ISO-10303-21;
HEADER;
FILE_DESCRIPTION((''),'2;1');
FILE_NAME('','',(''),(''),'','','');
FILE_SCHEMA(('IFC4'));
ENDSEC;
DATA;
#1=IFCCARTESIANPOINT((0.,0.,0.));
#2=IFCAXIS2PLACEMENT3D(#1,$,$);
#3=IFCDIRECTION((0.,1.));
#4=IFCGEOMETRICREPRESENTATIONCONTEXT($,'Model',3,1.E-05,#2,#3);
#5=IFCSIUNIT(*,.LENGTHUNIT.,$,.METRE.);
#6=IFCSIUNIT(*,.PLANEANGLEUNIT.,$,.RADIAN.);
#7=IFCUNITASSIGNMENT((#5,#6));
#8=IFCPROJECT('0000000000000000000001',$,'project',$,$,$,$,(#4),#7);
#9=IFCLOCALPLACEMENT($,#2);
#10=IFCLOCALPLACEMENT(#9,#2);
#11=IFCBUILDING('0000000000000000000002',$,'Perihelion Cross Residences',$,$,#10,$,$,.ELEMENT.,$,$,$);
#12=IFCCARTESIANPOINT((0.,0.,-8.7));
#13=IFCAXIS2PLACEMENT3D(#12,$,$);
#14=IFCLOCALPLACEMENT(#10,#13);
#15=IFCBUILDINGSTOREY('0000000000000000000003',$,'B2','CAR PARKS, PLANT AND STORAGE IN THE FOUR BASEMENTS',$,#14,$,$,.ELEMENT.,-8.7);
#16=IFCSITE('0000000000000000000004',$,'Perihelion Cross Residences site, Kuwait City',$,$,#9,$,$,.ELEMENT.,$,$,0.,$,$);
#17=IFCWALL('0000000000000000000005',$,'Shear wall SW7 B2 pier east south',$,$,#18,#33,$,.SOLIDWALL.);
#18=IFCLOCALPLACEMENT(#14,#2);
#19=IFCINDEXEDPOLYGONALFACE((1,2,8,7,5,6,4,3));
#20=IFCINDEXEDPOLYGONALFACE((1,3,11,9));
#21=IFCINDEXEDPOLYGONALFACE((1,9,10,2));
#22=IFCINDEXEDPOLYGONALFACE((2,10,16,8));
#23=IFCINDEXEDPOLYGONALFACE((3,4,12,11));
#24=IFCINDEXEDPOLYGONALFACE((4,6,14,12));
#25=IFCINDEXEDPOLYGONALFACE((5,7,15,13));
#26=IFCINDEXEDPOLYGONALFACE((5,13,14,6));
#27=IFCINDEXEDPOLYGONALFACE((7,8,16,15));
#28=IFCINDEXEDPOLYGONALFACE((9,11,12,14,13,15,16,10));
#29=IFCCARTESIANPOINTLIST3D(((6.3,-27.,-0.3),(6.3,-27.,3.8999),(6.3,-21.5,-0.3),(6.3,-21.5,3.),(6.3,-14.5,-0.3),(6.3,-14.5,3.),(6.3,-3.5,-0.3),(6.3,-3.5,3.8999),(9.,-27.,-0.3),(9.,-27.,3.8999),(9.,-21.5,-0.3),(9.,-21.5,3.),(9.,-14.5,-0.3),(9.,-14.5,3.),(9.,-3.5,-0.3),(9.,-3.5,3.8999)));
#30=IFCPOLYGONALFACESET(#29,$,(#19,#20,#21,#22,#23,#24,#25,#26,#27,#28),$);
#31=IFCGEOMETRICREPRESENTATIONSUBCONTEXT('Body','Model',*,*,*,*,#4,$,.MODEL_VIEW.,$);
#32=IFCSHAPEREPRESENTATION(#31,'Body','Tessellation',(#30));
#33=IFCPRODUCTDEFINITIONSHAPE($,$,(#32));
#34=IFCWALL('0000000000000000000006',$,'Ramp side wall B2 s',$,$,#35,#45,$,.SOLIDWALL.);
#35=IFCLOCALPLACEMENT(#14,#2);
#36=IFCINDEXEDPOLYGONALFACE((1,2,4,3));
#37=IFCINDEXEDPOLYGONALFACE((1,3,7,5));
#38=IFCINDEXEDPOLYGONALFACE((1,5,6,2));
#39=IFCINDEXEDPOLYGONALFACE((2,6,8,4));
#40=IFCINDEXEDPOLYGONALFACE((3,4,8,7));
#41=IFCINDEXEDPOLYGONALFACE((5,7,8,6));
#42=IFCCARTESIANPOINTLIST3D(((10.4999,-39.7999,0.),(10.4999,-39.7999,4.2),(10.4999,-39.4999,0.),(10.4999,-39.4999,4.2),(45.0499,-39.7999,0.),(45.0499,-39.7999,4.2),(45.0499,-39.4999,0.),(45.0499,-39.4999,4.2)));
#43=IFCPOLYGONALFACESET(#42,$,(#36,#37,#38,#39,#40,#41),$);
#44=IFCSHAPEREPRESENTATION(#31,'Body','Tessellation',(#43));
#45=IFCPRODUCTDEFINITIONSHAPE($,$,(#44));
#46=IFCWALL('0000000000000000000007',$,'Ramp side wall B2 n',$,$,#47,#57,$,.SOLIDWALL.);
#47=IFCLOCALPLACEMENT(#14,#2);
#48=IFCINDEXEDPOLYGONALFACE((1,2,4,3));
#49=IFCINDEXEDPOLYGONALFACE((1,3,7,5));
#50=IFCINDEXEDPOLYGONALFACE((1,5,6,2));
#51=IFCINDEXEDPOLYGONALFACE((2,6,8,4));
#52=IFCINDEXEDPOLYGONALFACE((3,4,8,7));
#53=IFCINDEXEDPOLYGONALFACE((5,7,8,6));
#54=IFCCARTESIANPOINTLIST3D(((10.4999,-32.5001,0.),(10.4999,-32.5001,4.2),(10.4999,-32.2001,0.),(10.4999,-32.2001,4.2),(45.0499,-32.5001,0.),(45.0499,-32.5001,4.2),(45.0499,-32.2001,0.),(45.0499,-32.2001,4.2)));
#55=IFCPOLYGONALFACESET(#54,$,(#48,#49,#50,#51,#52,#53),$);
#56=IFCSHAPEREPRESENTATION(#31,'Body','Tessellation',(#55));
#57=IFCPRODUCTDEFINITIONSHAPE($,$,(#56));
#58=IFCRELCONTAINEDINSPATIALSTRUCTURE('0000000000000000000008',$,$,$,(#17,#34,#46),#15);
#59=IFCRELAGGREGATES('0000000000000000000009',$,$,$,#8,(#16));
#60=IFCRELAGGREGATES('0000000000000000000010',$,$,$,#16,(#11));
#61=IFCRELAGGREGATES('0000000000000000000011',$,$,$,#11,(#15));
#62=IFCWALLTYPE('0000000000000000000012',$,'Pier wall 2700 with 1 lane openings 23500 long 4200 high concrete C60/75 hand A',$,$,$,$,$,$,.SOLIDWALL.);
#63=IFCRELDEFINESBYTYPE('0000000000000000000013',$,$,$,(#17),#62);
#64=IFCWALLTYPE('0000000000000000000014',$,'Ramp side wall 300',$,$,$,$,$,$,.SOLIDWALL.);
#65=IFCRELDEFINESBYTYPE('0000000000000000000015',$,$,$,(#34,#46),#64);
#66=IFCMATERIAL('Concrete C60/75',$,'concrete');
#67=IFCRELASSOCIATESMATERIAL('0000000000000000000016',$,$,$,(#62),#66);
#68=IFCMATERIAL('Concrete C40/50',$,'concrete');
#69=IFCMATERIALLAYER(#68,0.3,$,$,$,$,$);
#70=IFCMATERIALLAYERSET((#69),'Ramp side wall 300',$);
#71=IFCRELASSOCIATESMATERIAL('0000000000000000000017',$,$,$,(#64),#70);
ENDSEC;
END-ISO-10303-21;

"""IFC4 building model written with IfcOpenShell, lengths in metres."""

from ifc_helpers import new_model, si_unit, direction, frame, frame_2d, origin, place, context, subcontext, project, spatial, polyline, rectangle, outline, extrude, material, layer, layer_set, material_profile, profile_set, type_object, element, save


model = new_model("IFC4")

# Units and contexts
model_context = context("Model", 3, precision=1e-05, world=origin(), true_north=direction((0.0, 1.0)))
body_context = subcontext(model_context, "Body", "Model", "MODEL_VIEW")
ifc_project = project(units=[si_unit("LENGTHUNIT", "METRE"), si_unit("PLANEANGLEUNIT", "RADIAN")], contexts=[model_context])

# Site, building, storey
site_placement = place(None, origin())
site = spatial("IfcSite", under=ifc_project, at=site_placement, Name="Perihelion Cross Residences site, Kuwait City", CompositionType="ELEMENT", RefElevation=0.0)
building_placement = place(site_placement, origin())
building = spatial("IfcBuilding", under=site, at=building_placement, Name="Perihelion Cross Residences", CompositionType="ELEMENT")
storey_placement = place(building_placement, frame((0.0, 0.0, -8.7)))
storey = spatial("IfcBuildingStorey", under=building, at=storey_placement, Name="B2", Description="CAR PARKS, PLANT AND STORAGE IN THE FOUR BASEMENTS", CompositionType="ELEMENT", Elevation=-8.7)

# Walls
ifc_material_1 = material(Name="Concrete C60/75", Category="concrete")
ifc_material_profile_1 = material_profile(ifc_material_1, outline(polyline([(0.0, 0.0), (5.5, 0.0), (5.5, 3.3), (12.5, 3.3), (12.5, 0.0), (23.5, 0.0), (23.5, 4.2), (0.0, 4.2), (0.0, 0.0)])), Name="Pier wall")
ifc_profile_set_1 = profile_set([ifc_material_profile_1], Name="Concrete C60/75")
wall_type_1 = type_object("IfcWallType", Name="Pier wall 2700 with 1 lane openings 23500 long 4200 high concrete C60/75 hand A", PredefinedType="SOLIDWALL", material=ifc_profile_set_1)
wall_1_placement = place(storey_placement, frame((6.3, -27.0, -0.3), z_axis=(1.0, 0.0, 0.0), x_axis=(0.0, 1.0, 0.0)))
element("IfcWall", 1, at=wall_1_placement, inside=storey, type_object=wall_type_1, Name="Shear wall SW7 B2 pier east south", PredefinedType="SOLIDWALL", context=body_context, shape_type="SweptSolid", body=[
    extrude(outline(polyline([(0.0, 0.0), (5.5, 0.0), (5.5, 3.3), (12.5, 3.3), (12.5, 0.0), (23.5, 0.0), (23.5, 4.2), (0.0, 4.2), (0.0, 0.0)])), origin(), (0.0, 0.0, 1.0), 2.7),
])
ifc_material_2 = material(Name="Concrete C40/50", Category="concrete")
ifc_layer_1 = layer(ifc_material_2, 0.3)
ifc_layer_set_1 = layer_set([ifc_layer_1], Name="Ramp side wall 300")
wall_type_2 = type_object("IfcWallType", Name="Ramp side wall 300", PredefinedType="SOLIDWALL", material=ifc_layer_set_1)
for number, where, z_axis, x_axis, name in (
    (2, (10.5, -39.6499, 0.0), (0.0, 0.0, 1.0), (1.0, 0.0, 0.0), "Ramp side wall B2 s"),
    (3, (10.5, -32.3501, 0.0), (0.0, 0.0, 1.0), (1.0, 0.0, 0.0), "Ramp side wall B2 n"),
):
    element("IfcWall", number, at=place(storey_placement, frame(where, z_axis=z_axis, x_axis=x_axis)), inside=storey, type_object=wall_type_2, Name=name, PredefinedType="SOLIDWALL", context=body_context, shape_type="SweptSolid", body=[
        extrude(rectangle(XDim=34.55, YDim=0.3, at=frame_2d((17.2749, 0.0))), origin(), (0.0, 0.0, 1.0), 4.2),
    ])

save(model, "model.ifc")
